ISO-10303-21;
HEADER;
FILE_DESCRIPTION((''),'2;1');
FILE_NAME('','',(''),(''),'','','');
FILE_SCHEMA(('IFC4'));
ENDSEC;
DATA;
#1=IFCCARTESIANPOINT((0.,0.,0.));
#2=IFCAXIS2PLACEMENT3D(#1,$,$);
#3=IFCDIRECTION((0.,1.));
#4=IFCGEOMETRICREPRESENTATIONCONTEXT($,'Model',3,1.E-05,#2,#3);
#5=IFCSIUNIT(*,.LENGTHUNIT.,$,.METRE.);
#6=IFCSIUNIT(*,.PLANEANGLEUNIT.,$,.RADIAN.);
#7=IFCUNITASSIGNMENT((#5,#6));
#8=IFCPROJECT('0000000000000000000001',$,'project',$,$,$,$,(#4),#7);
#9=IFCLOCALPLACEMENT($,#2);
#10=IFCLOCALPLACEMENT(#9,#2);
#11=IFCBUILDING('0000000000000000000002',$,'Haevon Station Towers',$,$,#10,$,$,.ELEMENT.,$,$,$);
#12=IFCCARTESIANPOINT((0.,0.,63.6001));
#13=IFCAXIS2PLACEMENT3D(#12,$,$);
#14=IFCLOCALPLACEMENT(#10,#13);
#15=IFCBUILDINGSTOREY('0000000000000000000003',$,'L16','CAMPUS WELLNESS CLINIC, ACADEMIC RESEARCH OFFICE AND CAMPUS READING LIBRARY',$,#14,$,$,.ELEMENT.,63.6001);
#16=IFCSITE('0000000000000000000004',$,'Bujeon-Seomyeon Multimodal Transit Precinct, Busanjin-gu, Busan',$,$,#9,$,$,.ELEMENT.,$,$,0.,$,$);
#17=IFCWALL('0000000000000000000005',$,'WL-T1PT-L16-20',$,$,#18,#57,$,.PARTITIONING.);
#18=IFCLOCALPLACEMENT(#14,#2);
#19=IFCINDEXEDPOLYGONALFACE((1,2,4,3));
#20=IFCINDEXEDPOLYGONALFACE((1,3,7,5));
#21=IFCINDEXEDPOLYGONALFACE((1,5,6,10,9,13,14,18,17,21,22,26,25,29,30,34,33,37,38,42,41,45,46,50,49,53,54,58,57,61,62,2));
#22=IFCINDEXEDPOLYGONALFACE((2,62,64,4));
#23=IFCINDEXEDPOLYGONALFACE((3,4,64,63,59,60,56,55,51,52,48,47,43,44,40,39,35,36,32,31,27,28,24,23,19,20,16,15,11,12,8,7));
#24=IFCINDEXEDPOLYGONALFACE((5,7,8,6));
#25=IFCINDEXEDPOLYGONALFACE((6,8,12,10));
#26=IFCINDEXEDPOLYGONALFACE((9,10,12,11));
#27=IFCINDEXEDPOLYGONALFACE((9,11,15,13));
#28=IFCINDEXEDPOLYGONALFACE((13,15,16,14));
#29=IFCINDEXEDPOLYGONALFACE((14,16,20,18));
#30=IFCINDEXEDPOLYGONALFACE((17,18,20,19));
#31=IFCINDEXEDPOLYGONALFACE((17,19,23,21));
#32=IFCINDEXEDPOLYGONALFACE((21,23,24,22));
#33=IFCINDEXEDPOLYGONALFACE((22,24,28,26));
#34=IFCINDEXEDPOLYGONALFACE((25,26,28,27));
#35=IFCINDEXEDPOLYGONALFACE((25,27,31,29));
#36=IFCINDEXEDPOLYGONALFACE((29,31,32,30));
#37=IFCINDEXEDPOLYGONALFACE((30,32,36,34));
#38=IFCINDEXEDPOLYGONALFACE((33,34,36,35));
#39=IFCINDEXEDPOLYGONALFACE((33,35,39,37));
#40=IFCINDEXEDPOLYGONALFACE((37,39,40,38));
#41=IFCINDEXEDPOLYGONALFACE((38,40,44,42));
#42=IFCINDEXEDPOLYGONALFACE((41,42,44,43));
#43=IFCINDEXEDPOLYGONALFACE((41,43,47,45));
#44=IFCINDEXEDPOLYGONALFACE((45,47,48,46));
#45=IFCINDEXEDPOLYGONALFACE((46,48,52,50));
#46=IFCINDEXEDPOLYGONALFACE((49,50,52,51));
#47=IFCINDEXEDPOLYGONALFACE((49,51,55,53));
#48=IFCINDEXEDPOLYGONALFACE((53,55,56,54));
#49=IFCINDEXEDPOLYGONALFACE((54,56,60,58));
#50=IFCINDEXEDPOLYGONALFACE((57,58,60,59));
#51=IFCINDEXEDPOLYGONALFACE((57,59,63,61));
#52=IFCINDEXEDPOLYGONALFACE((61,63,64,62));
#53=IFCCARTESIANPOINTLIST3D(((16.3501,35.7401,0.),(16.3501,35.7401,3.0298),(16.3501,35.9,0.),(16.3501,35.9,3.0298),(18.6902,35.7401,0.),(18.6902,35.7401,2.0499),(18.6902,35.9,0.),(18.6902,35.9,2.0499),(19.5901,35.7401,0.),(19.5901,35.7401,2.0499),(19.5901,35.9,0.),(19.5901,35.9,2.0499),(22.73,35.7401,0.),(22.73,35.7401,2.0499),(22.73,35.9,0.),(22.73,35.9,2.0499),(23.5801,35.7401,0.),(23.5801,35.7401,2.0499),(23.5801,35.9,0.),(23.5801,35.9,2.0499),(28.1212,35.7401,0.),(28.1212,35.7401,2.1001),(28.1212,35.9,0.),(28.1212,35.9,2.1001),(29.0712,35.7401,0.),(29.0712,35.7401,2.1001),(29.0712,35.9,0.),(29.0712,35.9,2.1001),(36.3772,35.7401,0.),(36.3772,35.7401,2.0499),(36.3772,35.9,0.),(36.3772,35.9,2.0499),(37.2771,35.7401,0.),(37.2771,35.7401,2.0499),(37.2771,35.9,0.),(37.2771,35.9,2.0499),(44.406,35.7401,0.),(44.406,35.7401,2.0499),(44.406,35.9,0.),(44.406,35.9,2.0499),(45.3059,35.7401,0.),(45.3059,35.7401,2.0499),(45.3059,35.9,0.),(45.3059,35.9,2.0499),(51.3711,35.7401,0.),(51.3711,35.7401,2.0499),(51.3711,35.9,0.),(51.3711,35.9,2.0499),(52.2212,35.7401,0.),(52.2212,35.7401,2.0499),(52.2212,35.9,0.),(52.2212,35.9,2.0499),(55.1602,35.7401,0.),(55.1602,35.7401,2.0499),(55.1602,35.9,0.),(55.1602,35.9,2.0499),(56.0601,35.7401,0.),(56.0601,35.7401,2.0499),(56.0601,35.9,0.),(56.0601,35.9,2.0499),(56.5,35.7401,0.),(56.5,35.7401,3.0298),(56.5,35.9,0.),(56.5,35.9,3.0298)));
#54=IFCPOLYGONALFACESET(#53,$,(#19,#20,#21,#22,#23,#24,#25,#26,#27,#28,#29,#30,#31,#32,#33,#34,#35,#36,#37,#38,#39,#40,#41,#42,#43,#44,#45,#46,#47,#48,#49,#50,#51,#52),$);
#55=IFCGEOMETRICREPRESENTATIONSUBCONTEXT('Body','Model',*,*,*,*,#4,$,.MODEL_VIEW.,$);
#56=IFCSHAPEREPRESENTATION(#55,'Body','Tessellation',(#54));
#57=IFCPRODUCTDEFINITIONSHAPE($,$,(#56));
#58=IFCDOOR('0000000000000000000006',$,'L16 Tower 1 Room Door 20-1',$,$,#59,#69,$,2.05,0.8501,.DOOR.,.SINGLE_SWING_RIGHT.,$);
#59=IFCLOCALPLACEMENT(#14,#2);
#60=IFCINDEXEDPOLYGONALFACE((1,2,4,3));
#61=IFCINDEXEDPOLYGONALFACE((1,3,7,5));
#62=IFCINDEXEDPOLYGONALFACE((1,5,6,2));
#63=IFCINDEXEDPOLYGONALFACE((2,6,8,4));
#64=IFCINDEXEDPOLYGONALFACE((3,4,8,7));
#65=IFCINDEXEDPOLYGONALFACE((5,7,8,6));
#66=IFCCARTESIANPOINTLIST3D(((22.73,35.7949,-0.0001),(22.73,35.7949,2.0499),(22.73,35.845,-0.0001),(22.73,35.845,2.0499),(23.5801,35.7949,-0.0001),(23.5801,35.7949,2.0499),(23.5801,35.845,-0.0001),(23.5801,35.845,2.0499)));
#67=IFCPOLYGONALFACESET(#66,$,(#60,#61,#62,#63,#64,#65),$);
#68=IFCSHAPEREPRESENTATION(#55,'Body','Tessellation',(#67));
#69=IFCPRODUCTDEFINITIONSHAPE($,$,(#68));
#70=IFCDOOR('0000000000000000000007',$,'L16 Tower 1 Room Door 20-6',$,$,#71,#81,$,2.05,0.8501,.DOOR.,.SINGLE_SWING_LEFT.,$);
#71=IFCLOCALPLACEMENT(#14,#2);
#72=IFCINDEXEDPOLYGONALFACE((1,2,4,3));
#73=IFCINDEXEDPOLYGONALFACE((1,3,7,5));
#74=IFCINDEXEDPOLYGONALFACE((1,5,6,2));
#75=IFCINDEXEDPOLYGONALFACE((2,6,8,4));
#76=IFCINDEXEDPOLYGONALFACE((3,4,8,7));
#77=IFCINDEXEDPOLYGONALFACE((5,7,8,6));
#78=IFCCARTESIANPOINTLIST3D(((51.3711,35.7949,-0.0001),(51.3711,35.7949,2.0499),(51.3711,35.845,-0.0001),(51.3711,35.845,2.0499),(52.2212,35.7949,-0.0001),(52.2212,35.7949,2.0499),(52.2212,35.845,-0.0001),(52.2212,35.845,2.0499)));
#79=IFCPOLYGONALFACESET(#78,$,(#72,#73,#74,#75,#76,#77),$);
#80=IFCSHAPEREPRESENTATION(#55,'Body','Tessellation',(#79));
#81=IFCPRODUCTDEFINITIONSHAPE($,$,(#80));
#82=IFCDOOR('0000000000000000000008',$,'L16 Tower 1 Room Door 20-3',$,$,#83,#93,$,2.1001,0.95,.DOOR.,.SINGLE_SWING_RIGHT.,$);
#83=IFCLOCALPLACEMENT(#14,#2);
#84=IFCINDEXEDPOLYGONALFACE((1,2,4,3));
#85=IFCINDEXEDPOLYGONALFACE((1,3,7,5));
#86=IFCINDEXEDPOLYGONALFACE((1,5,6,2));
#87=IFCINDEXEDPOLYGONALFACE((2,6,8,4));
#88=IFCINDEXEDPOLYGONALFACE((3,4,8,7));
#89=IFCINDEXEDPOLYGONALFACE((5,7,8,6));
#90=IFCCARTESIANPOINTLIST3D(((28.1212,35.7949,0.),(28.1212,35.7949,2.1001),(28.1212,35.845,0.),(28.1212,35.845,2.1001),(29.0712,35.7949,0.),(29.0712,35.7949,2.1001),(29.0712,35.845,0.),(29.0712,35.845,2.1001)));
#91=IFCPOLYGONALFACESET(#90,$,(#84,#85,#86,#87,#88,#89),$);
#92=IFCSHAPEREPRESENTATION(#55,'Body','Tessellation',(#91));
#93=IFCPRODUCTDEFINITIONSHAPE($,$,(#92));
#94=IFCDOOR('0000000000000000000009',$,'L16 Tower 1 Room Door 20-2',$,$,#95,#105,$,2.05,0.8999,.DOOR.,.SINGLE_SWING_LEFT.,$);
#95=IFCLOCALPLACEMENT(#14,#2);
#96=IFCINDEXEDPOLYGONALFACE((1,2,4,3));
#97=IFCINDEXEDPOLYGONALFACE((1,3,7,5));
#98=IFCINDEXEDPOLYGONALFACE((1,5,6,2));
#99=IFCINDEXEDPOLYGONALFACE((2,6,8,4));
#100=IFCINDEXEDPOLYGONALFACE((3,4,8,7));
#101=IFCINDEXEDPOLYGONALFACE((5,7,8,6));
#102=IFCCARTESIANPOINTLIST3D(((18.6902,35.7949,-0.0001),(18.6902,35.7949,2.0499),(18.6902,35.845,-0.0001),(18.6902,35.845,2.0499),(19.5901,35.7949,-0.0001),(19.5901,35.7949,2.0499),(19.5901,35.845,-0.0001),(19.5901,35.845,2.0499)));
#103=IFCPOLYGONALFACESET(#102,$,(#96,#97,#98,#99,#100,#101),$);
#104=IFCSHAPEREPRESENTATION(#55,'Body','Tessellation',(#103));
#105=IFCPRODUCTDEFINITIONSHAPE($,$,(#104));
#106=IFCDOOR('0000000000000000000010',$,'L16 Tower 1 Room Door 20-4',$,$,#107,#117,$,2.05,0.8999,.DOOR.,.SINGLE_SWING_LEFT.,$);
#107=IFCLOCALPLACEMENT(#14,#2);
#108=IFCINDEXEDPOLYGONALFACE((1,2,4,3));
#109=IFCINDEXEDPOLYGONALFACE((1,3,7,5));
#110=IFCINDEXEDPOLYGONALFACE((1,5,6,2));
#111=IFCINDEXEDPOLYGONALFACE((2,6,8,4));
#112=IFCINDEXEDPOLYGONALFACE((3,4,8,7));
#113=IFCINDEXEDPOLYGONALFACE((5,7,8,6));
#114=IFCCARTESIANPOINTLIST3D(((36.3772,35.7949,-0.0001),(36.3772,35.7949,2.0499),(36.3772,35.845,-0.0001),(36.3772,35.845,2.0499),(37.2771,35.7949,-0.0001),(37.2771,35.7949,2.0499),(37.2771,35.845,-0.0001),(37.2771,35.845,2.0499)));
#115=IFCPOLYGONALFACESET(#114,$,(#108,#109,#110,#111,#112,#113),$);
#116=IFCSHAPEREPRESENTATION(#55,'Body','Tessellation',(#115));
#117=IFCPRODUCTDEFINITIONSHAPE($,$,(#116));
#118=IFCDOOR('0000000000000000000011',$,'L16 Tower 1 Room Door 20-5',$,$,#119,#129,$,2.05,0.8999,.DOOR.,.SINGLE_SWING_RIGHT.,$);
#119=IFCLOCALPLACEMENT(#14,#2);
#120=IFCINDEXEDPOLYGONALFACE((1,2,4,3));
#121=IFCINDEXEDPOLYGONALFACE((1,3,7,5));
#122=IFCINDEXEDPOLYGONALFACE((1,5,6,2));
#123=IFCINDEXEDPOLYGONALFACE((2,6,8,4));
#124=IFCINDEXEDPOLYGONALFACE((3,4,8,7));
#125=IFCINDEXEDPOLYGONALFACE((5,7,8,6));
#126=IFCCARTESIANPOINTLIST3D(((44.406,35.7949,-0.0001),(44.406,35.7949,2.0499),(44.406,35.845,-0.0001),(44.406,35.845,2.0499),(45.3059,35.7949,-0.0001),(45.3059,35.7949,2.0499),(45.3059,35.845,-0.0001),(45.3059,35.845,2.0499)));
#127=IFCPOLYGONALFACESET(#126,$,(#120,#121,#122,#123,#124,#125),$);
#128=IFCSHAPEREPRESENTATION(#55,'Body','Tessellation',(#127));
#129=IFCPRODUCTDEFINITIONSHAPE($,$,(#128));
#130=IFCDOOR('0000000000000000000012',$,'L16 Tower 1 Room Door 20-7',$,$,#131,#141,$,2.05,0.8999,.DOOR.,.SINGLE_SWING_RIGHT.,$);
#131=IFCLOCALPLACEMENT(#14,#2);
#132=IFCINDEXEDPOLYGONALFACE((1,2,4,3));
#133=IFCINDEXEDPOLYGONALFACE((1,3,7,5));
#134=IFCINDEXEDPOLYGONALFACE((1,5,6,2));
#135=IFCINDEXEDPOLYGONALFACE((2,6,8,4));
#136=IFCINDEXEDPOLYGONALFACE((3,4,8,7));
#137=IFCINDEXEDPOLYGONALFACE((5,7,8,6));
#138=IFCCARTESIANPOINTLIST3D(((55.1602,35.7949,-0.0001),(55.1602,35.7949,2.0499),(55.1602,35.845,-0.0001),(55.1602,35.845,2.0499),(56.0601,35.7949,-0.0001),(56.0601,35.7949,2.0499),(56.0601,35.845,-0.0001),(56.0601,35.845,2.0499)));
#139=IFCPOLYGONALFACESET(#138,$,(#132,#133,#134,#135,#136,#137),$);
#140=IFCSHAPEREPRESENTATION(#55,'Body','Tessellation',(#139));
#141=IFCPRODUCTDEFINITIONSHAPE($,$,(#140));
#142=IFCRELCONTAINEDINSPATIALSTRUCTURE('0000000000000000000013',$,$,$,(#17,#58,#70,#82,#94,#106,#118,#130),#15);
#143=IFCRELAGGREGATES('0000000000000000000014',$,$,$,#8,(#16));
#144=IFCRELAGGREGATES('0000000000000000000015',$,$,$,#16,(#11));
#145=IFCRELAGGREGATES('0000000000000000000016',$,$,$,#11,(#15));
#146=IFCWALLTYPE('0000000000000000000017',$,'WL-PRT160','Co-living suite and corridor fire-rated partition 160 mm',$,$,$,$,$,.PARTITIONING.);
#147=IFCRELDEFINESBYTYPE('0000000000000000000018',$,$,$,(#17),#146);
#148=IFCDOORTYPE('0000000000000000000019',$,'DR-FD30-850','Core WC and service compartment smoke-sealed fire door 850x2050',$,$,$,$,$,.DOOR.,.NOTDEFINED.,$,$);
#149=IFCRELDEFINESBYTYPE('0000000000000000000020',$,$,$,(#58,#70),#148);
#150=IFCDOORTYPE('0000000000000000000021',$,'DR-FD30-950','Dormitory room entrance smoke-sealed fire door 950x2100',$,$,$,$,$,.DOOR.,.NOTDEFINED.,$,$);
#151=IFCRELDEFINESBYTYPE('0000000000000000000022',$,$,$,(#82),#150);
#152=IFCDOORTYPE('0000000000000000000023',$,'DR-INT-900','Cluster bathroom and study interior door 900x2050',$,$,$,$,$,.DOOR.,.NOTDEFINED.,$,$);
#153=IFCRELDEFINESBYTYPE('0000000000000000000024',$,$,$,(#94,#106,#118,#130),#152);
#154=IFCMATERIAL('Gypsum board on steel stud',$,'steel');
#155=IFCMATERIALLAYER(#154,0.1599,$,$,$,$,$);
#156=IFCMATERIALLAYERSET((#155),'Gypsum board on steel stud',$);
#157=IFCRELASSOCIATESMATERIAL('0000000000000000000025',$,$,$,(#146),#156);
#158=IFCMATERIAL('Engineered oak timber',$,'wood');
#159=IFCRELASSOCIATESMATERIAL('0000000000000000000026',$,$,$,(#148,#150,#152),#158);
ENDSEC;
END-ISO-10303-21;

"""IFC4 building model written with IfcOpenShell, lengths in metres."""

from ifc_helpers import new_model, si_unit, direction, frame, frame_2d, origin, place, context, subcontext, project, spatial, rectangle, extrude, material, layer, layer_set, type_object, element, fill, save


model = new_model("IFC4")

# Units and contexts
model_context = context("Model", 3, precision=1e-05, world=origin(), true_north=direction((0.0, 1.0)))
body_context = subcontext(model_context, "Body", "Model", "MODEL_VIEW")
ifc_project = project(units=[si_unit("LENGTHUNIT", "METRE"), si_unit("PLANEANGLEUNIT", "RADIAN")], contexts=[model_context])

# Site, building, storey
site_placement = place(None, origin())
site = spatial("IfcSite", under=ifc_project, at=site_placement, Name="Bujeon-Seomyeon Multimodal Transit Precinct, Busanjin-gu, Busan", CompositionType="ELEMENT", RefElevation=0.0)
building_placement = place(site_placement, origin())
building = spatial("IfcBuilding", under=site, at=building_placement, Name="Haevon Station Towers", CompositionType="ELEMENT")
storey_placement = place(building_placement, frame((0.0, 0.0, 63.6001)))
storey = spatial("IfcBuildingStorey", under=building, at=storey_placement, Name="L16", Description="CAMPUS WELLNESS CLINIC, ACADEMIC RESEARCH OFFICE AND CAMPUS READING LIBRARY", CompositionType="ELEMENT", Elevation=63.6001)

# Shared definitions
ifc_material_1 = material(Name="Gypsum board on steel stud", Category="steel")
ifc_material_2 = material(Name="Engineered oak timber", Category="wood")

# Shared definitions
ifc_layer_1 = layer(ifc_material_1, 0.1599)
ifc_layer_set_1 = layer_set([ifc_layer_1], Name="Gypsum board on steel stud")
wall_type_1 = type_object("IfcWallType", Name="WL-PRT160", Description="Co-living suite and corridor fire-rated partition 160 mm", PredefinedType="PARTITIONING", material=ifc_layer_set_1)

# Wall, openings, doors
wall_1_placement = place(storey_placement, frame((16.3501, 35.8201, 0.0), z_axis=(0.0, 0.0, 1.0), x_axis=(1.0, 0.0, 0.0)))
wall_1 = element("IfcWall", 1, at=wall_1_placement, inside=storey, type_object=wall_type_1, Name="WL-T1PT-L16-20", PredefinedType="PARTITIONING", context=body_context, shape_type="SweptSolid", body=[
    extrude(rectangle(XDim=40.1499, YDim=0.1599, at=frame_2d((20.075, 0.0))), origin(), (0.0, 0.0, 1.0), 3.0298),
])
opening_1_placement = place(wall_1_placement, frame((6.3799, 0.0, 0.0)))
opening_1 = element("IfcOpeningElement", 2, at=opening_1_placement, cuts=wall_1, PredefinedType="OPENING", context=body_context, shape_type="SweptSolid", body=[
    extrude(rectangle(XDim=0.8501, YDim=2.05, at=frame_2d((0.425, 1.0249))), frame((0.0, 0.0898, 0.0), z_axis=(0.0, -1.0, 0.0), x_axis=(1.0, 0.0, 0.0)), (0.0, 0.0, 1.0), 0.1799),
])
opening_2_placement = place(wall_1_placement, frame((2.3401, 0.0, 0.0)))
opening_2 = element("IfcOpeningElement", 3, at=opening_2_placement, cuts=wall_1, PredefinedType="OPENING", context=body_context, shape_type="SweptSolid", body=[
    extrude(rectangle(XDim=0.8999, YDim=2.05, at=frame_2d((0.45, 1.0249))), frame((0.0, 0.0898, 0.0), z_axis=(0.0, -1.0, 0.0), x_axis=(1.0, 0.0, 0.0)), (0.0, 0.0, 1.0), 0.1799),
])
opening_3_placement = place(wall_1_placement, frame((11.771, 0.0, 0.0)))
opening_3 = element("IfcOpeningElement", 4, at=opening_3_placement, cuts=wall_1, PredefinedType="OPENING", context=body_context, shape_type="SweptSolid", body=[
    extrude(rectangle(XDim=0.95, YDim=2.1001, at=frame_2d((0.4751, 1.05))), frame((0.0, 0.0898, 0.0), z_axis=(0.0, -1.0, 0.0), x_axis=(1.0, 0.0, 0.0)), (0.0, 0.0, 1.0), 0.1799),
])
opening_4_placement = place(wall_1_placement, frame((20.0271, 0.0, 0.0)))
opening_4 = element("IfcOpeningElement", 5, at=opening_4_placement, cuts=wall_1, PredefinedType="OPENING", context=body_context, shape_type="SweptSolid", body=[
    extrude(rectangle(XDim=0.8999, YDim=2.05, at=frame_2d((0.45, 1.0249))), frame((0.0, 0.0898, 0.0), z_axis=(0.0, -1.0, 0.0), x_axis=(1.0, 0.0, 0.0)), (0.0, 0.0, 1.0), 0.1799),
])
opening_5_placement = place(wall_1_placement, frame((28.0559, 0.0, 0.0)))
opening_5 = element("IfcOpeningElement", 6, at=opening_5_placement, cuts=wall_1, PredefinedType="OPENING", context=body_context, shape_type="SweptSolid", body=[
    extrude(rectangle(XDim=0.8999, YDim=2.05, at=frame_2d((0.45, 1.0249))), frame((0.0, 0.0898, 0.0), z_axis=(0.0, -1.0, 0.0), x_axis=(1.0, 0.0, 0.0)), (0.0, 0.0, 1.0), 0.1799),
])
opening_6_placement = place(wall_1_placement, frame((35.021, 0.0, 0.0)))
opening_6 = element("IfcOpeningElement", 7, at=opening_6_placement, cuts=wall_1, PredefinedType="OPENING", context=body_context, shape_type="SweptSolid", body=[
    extrude(rectangle(XDim=0.8501, YDim=2.05, at=frame_2d((0.425, 1.0249))), frame((0.0, 0.0898, 0.0), z_axis=(0.0, -1.0, 0.0), x_axis=(1.0, 0.0, 0.0)), (0.0, 0.0, 1.0), 0.1799),
])
opening_7_placement = place(wall_1_placement, frame((38.8101, 0.0, 0.0)))
opening_7 = element("IfcOpeningElement", 8, at=opening_7_placement, cuts=wall_1, PredefinedType="OPENING", context=body_context, shape_type="SweptSolid", body=[
    extrude(rectangle(XDim=0.8999, YDim=2.05, at=frame_2d((0.45, 1.0249))), frame((0.0, 0.0898, 0.0), z_axis=(0.0, -1.0, 0.0), x_axis=(1.0, 0.0, 0.0)), (0.0, 0.0, 1.0), 0.1799),
])
door_type_1 = type_object("IfcDoorType", Name="DR-FD30-850", Description="Core WC and service compartment smoke-sealed fire door 850x2050", OperationType="NOTDEFINED", PredefinedType="DOOR", material=ifc_material_2)
door_1_placement = place(opening_1_placement, origin())
door_1 = element("IfcDoor", 9, at=door_1_placement, inside=storey, type_object=door_type_1, Name="L16 Tower 1 Room Door 20-1", OperationType="SINGLE_SWING_RIGHT", OverallHeight=2.05, OverallWidth=0.8501, PredefinedType="DOOR", context=body_context, shape_type="SweptSolid", body=[
    extrude(rectangle(XDim=0.8501, YDim=2.05, at=frame_2d((0.425, 1.0249))), frame((0.0, 0.0249, 0.0), z_axis=(0.0, -1.0, 0.0), x_axis=(1.0, 0.0, 0.0)), (0.0, 0.0, 1.0), 0.05),
])
fill(opening_1, door_1)
door_2_placement = place(opening_6_placement, origin())
door_2 = element("IfcDoor", 10, at=door_2_placement, inside=storey, type_object=door_type_1, Name="L16 Tower 1 Room Door 20-6", OperationType="SINGLE_SWING_LEFT", OverallHeight=2.05, OverallWidth=0.8501, PredefinedType="DOOR", context=body_context, shape_type="SweptSolid", body=[
    extrude(rectangle(XDim=0.8501, YDim=2.05, at=frame_2d((0.425, 1.0249))), frame((0.0, 0.0249, 0.0), z_axis=(0.0, -1.0, 0.0), x_axis=(1.0, 0.0, 0.0)), (0.0, 0.0, 1.0), 0.05),
])
fill(opening_6, door_2)
door_type_2 = type_object("IfcDoorType", Name="DR-FD30-950", Description="Dormitory room entrance smoke-sealed fire door 950x2100", OperationType="NOTDEFINED", PredefinedType="DOOR", material=ifc_material_2)
door_3_placement = place(opening_3_placement, origin())
door_3 = element("IfcDoor", 11, at=door_3_placement, inside=storey, type_object=door_type_2, Name="L16 Tower 1 Room Door 20-3", OperationType="SINGLE_SWING_RIGHT", OverallHeight=2.1001, OverallWidth=0.95, PredefinedType="DOOR", context=body_context, shape_type="SweptSolid", body=[
    extrude(rectangle(XDim=0.95, YDim=2.1001, at=frame_2d((0.4751, 1.05))), frame((0.0, 0.0249, 0.0), z_axis=(0.0, -1.0, 0.0), x_axis=(1.0, 0.0, 0.0)), (0.0, 0.0, 1.0), 0.05),
])
fill(opening_3, door_3)
door_type_3 = type_object("IfcDoorType", Name="DR-INT-900", Description="Cluster bathroom and study interior door 900x2050", OperationType="NOTDEFINED", PredefinedType="DOOR", material=ifc_material_2)
door_4_placement = place(opening_2_placement, origin())
door_4 = element("IfcDoor", 12, at=door_4_placement, inside=storey, type_object=door_type_3, Name="L16 Tower 1 Room Door 20-2", OperationType="SINGLE_SWING_LEFT", OverallHeight=2.05, OverallWidth=0.8999, PredefinedType="DOOR", context=body_context, shape_type="SweptSolid", body=[
    extrude(rectangle(XDim=0.8999, YDim=2.05, at=frame_2d((0.45, 1.0249))), frame((0.0, 0.0249, 0.0), z_axis=(0.0, -1.0, 0.0), x_axis=(1.0, 0.0, 0.0)), (0.0, 0.0, 1.0), 0.05),
])
fill(opening_2, door_4)
door_5_placement = place(opening_4_placement, origin())
door_5 = element("IfcDoor", 13, at=door_5_placement, inside=storey, type_object=door_type_3, Name="L16 Tower 1 Room Door 20-4", OperationType="SINGLE_SWING_LEFT", OverallHeight=2.05, OverallWidth=0.8999, PredefinedType="DOOR", context=body_context, shape_type="SweptSolid", body=[
    extrude(rectangle(XDim=0.8999, YDim=2.05, at=frame_2d((0.45, 1.0249))), frame((0.0, 0.0249, 0.0), z_axis=(0.0, -1.0, 0.0), x_axis=(1.0, 0.0, 0.0)), (0.0, 0.0, 1.0), 0.05),
])
fill(opening_4, door_5)
door_6_placement = place(opening_5_placement, origin())
door_6 = element("IfcDoor", 14, at=door_6_placement, inside=storey, type_object=door_type_3, Name="L16 Tower 1 Room Door 20-5", OperationType="SINGLE_SWING_RIGHT", OverallHeight=2.05, OverallWidth=0.8999, PredefinedType="DOOR", context=body_context, shape_type="SweptSolid", body=[
    extrude(rectangle(XDim=0.8999, YDim=2.05, at=frame_2d((0.45, 1.0249))), frame((0.0, 0.0249, 0.0), z_axis=(0.0, -1.0, 0.0), x_axis=(1.0, 0.0, 0.0)), (0.0, 0.0, 1.0), 0.05),
])
fill(opening_5, door_6)
door_7_placement = place(opening_7_placement, origin())
door_7 = element("IfcDoor", 15, at=door_7_placement, inside=storey, type_object=door_type_3, Name="L16 Tower 1 Room Door 20-7", OperationType="SINGLE_SWING_RIGHT", OverallHeight=2.05, OverallWidth=0.8999, PredefinedType="DOOR", context=body_context, shape_type="SweptSolid", body=[
    extrude(rectangle(XDim=0.8999, YDim=2.05, at=frame_2d((0.45, 1.0249))), frame((0.0, 0.0249, 0.0), z_axis=(0.0, -1.0, 0.0), x_axis=(1.0, 0.0, 0.0)), (0.0, 0.0, 1.0), 0.05),
])
fill(opening_7, door_7)

save(model, "model.ifc")
